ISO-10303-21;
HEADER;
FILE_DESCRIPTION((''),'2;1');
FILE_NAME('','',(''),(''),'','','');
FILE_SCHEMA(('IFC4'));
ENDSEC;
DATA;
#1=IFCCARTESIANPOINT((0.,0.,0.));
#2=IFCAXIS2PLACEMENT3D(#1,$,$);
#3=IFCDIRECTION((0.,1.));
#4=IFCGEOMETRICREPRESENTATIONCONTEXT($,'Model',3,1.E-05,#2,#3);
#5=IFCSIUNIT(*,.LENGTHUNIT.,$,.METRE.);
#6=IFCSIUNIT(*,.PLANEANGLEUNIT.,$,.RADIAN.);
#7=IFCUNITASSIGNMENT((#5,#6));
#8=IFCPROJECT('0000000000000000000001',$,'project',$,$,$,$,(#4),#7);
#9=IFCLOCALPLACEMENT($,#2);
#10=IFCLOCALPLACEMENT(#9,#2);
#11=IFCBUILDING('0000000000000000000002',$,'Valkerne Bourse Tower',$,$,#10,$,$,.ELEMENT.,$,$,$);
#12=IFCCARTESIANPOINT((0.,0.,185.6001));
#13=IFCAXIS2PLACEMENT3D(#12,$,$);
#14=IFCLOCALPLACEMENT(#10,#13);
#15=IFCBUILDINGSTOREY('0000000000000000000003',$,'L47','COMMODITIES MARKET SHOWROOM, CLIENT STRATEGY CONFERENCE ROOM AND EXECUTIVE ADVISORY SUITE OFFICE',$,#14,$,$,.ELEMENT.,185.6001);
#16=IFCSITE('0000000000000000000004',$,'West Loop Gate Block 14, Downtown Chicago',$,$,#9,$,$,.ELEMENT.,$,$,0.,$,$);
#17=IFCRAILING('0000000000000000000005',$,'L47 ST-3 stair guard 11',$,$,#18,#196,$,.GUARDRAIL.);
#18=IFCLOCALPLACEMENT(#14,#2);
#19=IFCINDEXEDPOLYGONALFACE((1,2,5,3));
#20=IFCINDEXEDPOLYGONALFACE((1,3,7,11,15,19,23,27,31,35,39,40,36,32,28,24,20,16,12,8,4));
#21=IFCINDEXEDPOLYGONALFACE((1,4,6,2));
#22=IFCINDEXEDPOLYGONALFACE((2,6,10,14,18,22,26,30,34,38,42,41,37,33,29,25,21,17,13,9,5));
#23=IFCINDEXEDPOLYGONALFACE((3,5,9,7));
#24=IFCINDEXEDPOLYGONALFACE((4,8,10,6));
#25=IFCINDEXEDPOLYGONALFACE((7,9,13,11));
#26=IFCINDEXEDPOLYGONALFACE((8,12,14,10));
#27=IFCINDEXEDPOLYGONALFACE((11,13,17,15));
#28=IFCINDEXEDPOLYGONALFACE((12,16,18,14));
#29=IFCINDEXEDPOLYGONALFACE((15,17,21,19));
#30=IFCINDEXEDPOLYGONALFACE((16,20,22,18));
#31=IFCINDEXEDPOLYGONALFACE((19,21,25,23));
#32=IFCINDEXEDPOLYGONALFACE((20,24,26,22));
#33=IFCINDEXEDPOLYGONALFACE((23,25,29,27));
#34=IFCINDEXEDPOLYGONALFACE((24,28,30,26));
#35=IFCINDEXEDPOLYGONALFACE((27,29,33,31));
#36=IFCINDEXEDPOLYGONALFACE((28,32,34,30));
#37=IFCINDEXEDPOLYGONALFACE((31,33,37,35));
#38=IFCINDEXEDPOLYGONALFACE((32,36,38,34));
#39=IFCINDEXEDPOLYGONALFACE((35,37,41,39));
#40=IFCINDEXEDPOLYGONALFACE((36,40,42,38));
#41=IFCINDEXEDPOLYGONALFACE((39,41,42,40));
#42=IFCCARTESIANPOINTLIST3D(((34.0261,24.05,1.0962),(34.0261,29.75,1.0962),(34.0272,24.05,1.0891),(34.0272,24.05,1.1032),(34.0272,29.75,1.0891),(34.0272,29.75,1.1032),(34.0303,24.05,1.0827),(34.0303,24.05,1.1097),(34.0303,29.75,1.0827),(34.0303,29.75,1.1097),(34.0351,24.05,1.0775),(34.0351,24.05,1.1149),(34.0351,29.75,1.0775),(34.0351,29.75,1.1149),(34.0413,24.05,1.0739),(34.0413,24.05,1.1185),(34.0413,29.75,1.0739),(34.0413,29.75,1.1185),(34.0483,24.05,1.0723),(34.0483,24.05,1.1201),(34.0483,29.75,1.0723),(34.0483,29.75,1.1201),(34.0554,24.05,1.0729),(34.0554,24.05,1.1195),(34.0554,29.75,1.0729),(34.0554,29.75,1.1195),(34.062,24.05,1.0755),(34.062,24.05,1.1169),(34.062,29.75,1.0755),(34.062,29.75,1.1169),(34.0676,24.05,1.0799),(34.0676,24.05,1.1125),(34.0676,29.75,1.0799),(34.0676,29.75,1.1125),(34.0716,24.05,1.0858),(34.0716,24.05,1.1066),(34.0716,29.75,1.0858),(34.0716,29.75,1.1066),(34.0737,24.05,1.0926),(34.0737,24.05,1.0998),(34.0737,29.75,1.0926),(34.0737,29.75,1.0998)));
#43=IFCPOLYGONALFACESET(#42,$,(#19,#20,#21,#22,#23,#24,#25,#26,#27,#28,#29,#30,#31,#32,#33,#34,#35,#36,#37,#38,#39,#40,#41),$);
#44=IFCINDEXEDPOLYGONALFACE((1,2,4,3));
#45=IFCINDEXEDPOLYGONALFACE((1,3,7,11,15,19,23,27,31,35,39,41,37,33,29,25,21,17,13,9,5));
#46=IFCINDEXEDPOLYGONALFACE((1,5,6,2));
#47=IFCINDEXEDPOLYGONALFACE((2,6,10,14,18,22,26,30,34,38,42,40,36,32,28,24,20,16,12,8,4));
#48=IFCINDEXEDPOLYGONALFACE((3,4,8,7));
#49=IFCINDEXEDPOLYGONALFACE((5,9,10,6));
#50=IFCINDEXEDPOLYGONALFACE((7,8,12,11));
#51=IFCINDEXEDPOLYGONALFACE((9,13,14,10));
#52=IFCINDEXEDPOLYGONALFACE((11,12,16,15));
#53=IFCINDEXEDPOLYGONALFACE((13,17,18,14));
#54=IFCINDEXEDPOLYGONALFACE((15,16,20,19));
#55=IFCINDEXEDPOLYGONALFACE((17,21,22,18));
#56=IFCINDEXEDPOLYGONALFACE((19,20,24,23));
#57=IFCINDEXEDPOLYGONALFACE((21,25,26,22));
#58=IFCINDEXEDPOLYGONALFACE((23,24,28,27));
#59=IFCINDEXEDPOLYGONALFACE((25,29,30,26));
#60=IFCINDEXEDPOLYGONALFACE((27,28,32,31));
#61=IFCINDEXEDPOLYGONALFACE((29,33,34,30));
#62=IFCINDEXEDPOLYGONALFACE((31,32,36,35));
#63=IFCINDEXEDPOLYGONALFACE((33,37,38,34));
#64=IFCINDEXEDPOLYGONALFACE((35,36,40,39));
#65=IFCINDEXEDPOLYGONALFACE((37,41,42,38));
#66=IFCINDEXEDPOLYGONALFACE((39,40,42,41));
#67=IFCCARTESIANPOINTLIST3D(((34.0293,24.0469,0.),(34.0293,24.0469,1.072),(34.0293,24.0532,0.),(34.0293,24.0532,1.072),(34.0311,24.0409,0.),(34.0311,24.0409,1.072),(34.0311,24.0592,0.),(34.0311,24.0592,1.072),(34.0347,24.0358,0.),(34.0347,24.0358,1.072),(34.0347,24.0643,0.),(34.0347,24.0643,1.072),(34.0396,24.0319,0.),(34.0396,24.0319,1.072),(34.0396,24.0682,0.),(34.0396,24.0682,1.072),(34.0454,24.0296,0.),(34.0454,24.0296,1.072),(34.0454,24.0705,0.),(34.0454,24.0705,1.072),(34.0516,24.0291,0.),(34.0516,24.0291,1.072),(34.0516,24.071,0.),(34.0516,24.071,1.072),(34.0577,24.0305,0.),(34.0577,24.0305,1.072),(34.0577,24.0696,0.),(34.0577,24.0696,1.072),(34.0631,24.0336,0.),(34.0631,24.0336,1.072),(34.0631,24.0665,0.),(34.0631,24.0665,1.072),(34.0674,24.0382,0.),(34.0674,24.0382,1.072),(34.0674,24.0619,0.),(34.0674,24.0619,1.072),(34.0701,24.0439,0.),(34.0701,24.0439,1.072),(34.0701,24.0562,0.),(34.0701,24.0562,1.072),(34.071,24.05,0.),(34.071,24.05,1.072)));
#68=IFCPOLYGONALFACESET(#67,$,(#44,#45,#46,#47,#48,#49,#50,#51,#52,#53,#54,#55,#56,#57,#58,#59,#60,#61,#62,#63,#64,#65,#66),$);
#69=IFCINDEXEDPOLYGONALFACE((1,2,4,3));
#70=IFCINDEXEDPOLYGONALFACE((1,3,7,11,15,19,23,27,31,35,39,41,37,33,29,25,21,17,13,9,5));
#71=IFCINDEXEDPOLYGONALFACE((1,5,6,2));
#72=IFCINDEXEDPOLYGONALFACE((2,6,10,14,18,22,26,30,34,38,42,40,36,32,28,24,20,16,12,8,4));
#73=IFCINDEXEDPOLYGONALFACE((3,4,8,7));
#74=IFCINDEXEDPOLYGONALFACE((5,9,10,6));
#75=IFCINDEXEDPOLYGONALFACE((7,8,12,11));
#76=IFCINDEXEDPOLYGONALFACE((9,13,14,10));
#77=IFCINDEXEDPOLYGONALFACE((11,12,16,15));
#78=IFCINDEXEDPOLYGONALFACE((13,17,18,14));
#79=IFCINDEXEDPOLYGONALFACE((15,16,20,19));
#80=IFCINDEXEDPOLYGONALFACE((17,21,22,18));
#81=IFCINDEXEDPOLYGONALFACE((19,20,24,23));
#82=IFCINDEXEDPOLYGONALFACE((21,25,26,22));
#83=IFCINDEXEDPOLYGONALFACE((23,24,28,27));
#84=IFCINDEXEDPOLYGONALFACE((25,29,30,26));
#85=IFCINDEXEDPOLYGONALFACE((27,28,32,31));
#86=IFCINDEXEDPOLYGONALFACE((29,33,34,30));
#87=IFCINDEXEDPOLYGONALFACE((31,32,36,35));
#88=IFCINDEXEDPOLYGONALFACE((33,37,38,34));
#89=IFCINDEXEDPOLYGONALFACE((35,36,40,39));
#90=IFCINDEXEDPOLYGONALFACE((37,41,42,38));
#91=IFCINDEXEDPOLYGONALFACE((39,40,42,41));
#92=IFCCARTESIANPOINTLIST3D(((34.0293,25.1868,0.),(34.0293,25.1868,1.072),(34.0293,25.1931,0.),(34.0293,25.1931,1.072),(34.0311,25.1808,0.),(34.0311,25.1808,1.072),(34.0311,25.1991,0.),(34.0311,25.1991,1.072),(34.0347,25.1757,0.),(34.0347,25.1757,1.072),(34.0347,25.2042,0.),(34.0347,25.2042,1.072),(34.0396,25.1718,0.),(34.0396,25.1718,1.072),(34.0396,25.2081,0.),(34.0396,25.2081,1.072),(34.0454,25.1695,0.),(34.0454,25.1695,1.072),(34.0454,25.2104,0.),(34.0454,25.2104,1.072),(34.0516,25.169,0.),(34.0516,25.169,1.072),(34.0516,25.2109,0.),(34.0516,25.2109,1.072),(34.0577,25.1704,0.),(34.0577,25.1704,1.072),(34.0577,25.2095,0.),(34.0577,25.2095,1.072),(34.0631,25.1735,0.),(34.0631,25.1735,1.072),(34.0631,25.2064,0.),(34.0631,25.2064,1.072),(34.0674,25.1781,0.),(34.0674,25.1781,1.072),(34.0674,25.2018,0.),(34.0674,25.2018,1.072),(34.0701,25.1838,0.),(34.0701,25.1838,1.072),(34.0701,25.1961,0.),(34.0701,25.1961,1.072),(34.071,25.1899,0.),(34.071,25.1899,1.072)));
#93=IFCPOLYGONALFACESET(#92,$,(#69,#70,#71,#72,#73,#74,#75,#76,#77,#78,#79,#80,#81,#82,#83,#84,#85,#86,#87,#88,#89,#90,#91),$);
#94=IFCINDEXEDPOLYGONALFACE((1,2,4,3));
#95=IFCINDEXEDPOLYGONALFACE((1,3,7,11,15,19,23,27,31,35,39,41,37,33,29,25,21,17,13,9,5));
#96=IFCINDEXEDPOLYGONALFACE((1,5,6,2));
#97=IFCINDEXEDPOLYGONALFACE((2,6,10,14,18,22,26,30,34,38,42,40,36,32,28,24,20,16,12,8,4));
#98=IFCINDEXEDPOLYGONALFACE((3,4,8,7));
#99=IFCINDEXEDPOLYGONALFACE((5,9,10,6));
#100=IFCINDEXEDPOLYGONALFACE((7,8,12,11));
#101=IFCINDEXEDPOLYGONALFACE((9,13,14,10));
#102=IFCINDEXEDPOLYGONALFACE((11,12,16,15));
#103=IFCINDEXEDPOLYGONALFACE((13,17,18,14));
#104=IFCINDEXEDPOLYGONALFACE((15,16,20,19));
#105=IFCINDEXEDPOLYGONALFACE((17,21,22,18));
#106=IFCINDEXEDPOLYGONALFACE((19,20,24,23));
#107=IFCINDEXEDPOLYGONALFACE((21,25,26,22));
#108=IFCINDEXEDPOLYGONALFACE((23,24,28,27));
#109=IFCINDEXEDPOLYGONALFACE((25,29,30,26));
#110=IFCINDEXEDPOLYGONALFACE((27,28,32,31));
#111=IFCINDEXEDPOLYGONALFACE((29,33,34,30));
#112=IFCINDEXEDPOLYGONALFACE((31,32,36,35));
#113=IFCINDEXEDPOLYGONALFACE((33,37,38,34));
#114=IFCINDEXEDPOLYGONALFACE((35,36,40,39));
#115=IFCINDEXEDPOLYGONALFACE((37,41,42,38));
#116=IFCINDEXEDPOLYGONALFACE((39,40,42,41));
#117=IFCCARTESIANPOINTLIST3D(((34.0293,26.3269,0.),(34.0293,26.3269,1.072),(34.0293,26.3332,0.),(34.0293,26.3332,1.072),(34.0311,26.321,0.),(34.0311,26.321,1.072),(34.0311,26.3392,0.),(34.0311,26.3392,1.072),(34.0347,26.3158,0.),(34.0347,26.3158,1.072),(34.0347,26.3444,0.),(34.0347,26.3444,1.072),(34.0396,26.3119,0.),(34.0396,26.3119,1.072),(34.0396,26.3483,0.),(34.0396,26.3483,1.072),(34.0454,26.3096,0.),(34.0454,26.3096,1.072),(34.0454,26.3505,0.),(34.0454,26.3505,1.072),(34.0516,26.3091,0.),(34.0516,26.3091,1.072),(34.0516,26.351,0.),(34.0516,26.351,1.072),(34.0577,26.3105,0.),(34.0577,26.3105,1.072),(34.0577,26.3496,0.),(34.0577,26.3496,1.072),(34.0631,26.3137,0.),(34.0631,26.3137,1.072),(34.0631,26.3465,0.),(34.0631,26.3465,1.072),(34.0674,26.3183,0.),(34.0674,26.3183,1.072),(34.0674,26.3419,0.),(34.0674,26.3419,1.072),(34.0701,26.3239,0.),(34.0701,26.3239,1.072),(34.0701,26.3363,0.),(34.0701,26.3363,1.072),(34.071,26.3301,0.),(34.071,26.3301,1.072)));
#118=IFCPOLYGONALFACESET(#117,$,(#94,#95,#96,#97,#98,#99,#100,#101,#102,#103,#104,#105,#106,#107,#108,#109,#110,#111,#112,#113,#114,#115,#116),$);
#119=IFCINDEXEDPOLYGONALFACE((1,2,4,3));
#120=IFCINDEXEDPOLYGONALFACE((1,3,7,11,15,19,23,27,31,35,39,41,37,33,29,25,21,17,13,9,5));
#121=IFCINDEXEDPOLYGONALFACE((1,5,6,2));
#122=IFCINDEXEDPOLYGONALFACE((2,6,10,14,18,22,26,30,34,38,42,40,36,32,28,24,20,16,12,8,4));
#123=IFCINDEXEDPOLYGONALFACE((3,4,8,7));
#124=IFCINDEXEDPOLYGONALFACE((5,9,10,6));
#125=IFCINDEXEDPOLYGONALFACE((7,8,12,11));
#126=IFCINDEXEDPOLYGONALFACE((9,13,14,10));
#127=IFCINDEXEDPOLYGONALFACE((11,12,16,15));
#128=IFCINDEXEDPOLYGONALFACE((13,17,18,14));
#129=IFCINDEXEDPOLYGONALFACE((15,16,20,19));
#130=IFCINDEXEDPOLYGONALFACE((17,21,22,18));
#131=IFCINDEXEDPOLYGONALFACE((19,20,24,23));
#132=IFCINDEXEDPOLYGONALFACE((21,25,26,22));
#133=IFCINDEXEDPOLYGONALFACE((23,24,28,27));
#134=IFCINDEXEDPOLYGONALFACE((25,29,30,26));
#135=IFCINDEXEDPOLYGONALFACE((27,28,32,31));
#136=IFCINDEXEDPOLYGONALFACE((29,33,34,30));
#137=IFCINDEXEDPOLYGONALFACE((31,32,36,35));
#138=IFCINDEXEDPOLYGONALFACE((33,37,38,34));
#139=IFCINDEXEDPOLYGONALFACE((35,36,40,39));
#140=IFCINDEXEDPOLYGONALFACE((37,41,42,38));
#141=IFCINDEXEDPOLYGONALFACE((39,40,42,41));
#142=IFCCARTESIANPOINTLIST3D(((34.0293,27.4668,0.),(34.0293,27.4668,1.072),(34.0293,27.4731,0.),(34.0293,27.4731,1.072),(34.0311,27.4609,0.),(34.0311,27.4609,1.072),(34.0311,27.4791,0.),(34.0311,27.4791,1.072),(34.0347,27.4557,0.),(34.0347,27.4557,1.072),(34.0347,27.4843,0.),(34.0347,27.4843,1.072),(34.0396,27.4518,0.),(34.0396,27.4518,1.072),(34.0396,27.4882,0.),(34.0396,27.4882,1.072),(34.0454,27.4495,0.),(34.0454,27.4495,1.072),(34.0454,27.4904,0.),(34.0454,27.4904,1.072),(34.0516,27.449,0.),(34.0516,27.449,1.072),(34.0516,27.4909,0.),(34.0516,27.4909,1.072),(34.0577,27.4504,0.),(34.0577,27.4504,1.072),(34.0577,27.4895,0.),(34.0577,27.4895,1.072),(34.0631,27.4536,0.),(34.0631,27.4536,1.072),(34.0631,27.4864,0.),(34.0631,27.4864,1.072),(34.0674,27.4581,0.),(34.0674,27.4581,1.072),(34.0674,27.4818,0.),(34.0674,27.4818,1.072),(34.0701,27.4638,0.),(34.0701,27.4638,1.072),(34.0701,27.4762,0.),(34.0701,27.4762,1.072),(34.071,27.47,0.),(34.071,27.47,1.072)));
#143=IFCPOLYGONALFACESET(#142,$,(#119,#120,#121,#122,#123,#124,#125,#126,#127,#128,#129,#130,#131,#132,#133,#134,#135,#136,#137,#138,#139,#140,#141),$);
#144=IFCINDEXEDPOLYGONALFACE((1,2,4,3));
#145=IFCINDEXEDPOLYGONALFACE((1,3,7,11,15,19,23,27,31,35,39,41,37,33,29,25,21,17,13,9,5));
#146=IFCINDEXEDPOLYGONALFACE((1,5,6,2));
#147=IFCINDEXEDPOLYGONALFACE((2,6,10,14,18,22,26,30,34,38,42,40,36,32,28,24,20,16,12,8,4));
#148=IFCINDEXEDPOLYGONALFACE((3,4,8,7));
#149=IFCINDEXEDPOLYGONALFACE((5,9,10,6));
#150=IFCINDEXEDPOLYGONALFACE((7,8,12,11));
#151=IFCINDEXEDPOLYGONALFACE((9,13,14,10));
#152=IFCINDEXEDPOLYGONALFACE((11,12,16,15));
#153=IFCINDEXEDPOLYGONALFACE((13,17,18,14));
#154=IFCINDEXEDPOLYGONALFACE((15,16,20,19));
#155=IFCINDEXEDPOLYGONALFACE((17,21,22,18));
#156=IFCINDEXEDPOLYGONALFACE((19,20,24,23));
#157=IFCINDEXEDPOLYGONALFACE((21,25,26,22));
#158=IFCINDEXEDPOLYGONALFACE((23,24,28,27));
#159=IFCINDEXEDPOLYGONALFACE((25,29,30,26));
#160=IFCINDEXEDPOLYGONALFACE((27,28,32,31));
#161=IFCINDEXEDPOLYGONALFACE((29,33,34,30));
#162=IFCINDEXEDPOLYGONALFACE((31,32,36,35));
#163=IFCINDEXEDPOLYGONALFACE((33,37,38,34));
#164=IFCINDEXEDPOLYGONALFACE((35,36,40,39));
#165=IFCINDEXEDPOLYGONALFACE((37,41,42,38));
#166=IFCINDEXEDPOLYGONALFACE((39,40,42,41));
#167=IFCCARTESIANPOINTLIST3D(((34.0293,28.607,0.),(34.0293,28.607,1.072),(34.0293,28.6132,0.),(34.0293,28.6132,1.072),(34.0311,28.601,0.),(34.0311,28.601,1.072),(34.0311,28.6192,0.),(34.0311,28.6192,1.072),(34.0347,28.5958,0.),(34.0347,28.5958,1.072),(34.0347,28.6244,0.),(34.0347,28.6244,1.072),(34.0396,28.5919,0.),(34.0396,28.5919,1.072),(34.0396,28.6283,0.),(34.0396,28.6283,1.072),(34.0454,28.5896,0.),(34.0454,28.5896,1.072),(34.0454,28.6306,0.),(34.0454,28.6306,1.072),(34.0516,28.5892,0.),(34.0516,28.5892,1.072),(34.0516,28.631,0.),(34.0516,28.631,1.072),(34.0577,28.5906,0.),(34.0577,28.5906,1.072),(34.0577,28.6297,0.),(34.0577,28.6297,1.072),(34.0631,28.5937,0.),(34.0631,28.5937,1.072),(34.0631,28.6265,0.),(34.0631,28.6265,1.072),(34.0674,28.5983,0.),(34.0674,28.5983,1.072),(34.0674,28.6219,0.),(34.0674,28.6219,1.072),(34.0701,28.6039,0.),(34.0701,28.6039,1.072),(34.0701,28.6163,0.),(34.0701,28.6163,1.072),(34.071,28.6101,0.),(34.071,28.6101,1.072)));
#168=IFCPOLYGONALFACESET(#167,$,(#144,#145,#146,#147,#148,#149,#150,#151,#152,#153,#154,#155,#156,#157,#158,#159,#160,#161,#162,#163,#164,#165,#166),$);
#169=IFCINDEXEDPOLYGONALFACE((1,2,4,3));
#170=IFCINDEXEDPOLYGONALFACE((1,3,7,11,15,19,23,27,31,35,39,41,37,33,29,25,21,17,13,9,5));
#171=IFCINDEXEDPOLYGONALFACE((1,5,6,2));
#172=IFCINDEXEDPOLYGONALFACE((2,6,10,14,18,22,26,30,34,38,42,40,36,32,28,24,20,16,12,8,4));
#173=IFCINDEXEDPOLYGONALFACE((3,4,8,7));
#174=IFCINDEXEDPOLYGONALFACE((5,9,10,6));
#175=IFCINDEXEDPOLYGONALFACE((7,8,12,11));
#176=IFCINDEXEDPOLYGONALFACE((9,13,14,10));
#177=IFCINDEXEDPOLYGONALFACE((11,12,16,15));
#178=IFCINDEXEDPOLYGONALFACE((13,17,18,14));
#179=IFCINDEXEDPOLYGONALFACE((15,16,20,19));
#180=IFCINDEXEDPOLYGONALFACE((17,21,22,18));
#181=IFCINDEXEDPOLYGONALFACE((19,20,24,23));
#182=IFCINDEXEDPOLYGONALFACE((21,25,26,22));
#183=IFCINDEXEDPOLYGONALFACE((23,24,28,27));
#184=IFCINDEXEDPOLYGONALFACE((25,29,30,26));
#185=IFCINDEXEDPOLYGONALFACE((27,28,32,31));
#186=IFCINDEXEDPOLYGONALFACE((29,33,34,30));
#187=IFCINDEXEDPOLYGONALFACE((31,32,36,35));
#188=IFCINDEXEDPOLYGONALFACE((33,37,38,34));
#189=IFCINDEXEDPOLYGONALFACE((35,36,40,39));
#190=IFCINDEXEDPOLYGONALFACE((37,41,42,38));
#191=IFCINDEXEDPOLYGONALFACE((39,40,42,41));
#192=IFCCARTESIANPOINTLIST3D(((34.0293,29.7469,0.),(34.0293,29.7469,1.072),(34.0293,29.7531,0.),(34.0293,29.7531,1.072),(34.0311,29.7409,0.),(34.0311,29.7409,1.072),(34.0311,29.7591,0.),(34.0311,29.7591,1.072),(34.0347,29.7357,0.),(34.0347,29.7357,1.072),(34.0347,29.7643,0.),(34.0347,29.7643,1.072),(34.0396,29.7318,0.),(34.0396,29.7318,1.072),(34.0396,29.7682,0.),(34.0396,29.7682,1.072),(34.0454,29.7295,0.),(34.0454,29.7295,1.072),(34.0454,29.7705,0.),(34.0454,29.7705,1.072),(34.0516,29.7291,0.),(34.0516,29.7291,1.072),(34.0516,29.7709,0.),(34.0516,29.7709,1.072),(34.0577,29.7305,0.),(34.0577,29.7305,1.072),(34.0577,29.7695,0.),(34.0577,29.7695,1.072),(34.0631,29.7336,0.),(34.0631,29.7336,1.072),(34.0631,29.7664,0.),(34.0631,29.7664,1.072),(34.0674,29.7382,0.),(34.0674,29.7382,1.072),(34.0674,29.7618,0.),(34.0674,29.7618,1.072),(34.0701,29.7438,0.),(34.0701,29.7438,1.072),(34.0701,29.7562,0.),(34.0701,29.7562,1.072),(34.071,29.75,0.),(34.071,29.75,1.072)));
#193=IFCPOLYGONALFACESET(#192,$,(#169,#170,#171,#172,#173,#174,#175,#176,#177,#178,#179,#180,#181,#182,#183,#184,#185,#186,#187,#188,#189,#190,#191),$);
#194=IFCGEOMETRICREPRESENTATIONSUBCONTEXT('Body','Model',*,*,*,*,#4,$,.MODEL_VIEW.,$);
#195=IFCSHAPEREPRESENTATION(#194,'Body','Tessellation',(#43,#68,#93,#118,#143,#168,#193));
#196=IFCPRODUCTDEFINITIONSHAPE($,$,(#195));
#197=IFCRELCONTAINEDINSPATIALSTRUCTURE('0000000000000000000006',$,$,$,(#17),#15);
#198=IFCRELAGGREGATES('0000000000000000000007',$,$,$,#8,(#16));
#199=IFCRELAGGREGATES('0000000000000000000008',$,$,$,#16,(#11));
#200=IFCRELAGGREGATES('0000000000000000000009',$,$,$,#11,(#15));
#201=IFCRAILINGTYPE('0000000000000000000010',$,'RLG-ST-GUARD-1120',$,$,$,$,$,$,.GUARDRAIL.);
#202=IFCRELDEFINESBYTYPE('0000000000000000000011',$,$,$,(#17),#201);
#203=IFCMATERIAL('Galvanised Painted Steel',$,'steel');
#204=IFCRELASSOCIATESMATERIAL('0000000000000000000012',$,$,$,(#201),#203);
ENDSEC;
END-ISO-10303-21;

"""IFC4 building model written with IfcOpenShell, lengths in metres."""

from ifc_helpers import new_model, si_unit, direction, frame, origin, origin_2d, place, context, subcontext, project, spatial, circle, extrude, material, type_object, element, save


model = new_model("IFC4")

# Units and contexts
model_context = context("Model", 3, precision=1e-05, world=origin(), true_north=direction((0.0, 1.0)))
body_context = subcontext(model_context, "Body", "Model", "MODEL_VIEW")
ifc_project = project(units=[si_unit("LENGTHUNIT", "METRE"), si_unit("PLANEANGLEUNIT", "RADIAN")], contexts=[model_context])

# Site, building, storey
site_placement = place(None, origin())
site = spatial("IfcSite", under=ifc_project, at=site_placement, Name="West Loop Gate Block 14, Downtown Chicago", CompositionType="ELEMENT", RefElevation=0.0)
building_placement = place(site_placement, origin())
building = spatial("IfcBuilding", under=site, at=building_placement, Name="Valkerne Bourse Tower", CompositionType="ELEMENT")
storey_placement = place(building_placement, frame((0.0, 0.0, 185.6001)))
storey = spatial("IfcBuildingStorey", under=building, at=storey_placement, Name="L47", Description="COMMODITIES MARKET SHOWROOM, CLIENT STRATEGY CONFERENCE ROOM AND EXECUTIVE ADVISORY SUITE OFFICE", CompositionType="ELEMENT", Elevation=185.6001)

# Railing
ifc_material_1 = material(Name="Galvanised Painted Steel", Category="steel")
railing_type_1 = type_object("IfcRailingType", Name="RLG-ST-GUARD-1120", PredefinedType="GUARDRAIL", material=ifc_material_1)
for number, where, name in (
    (1, (34.05, 24.05, 0.0), "L47 ST-3 stair guard 11"),
):
    element("IfcRailing", number, at=place(storey_placement, frame(where)), inside=storey, type_object=railing_type_1, Name=name, PredefinedType="GUARDRAIL", context=body_context, shape_type="SweptSolid", body=[
        extrude(circle(Radius=0.0239, at=origin_2d()), frame((0.0, 0.0, 1.0962), z_axis=(0.0, 1.0, 0.0), x_axis=(-1.0, 0.0, 0.0)), (0.0, 0.0, 1.0), 5.7),
        extrude(circle(Radius=0.021, at=origin_2d()), origin(), (0.0, 0.0, 1.0), 1.072),
        extrude(circle(Radius=0.021, at=origin_2d()), frame((0.0, 1.1399, 0.0)), (0.0, 0.0, 1.0), 1.072),
        extrude(circle(Radius=0.021, at=origin_2d()), frame((0.0, 2.28, 0.0)), (0.0, 0.0, 1.0), 1.072),
        extrude(circle(Radius=0.021, at=origin_2d()), frame((0.0, 3.4199, 0.0)), (0.0, 0.0, 1.0), 1.072),
        extrude(circle(Radius=0.021, at=origin_2d()), frame((0.0, 4.5601, 0.0)), (0.0, 0.0, 1.0), 1.072),
        extrude(circle(Radius=0.021, at=origin_2d()), frame((0.0, 5.7, 0.0)), (0.0, 0.0, 1.0), 1.072),
    ])

save(model, "model.ifc")
